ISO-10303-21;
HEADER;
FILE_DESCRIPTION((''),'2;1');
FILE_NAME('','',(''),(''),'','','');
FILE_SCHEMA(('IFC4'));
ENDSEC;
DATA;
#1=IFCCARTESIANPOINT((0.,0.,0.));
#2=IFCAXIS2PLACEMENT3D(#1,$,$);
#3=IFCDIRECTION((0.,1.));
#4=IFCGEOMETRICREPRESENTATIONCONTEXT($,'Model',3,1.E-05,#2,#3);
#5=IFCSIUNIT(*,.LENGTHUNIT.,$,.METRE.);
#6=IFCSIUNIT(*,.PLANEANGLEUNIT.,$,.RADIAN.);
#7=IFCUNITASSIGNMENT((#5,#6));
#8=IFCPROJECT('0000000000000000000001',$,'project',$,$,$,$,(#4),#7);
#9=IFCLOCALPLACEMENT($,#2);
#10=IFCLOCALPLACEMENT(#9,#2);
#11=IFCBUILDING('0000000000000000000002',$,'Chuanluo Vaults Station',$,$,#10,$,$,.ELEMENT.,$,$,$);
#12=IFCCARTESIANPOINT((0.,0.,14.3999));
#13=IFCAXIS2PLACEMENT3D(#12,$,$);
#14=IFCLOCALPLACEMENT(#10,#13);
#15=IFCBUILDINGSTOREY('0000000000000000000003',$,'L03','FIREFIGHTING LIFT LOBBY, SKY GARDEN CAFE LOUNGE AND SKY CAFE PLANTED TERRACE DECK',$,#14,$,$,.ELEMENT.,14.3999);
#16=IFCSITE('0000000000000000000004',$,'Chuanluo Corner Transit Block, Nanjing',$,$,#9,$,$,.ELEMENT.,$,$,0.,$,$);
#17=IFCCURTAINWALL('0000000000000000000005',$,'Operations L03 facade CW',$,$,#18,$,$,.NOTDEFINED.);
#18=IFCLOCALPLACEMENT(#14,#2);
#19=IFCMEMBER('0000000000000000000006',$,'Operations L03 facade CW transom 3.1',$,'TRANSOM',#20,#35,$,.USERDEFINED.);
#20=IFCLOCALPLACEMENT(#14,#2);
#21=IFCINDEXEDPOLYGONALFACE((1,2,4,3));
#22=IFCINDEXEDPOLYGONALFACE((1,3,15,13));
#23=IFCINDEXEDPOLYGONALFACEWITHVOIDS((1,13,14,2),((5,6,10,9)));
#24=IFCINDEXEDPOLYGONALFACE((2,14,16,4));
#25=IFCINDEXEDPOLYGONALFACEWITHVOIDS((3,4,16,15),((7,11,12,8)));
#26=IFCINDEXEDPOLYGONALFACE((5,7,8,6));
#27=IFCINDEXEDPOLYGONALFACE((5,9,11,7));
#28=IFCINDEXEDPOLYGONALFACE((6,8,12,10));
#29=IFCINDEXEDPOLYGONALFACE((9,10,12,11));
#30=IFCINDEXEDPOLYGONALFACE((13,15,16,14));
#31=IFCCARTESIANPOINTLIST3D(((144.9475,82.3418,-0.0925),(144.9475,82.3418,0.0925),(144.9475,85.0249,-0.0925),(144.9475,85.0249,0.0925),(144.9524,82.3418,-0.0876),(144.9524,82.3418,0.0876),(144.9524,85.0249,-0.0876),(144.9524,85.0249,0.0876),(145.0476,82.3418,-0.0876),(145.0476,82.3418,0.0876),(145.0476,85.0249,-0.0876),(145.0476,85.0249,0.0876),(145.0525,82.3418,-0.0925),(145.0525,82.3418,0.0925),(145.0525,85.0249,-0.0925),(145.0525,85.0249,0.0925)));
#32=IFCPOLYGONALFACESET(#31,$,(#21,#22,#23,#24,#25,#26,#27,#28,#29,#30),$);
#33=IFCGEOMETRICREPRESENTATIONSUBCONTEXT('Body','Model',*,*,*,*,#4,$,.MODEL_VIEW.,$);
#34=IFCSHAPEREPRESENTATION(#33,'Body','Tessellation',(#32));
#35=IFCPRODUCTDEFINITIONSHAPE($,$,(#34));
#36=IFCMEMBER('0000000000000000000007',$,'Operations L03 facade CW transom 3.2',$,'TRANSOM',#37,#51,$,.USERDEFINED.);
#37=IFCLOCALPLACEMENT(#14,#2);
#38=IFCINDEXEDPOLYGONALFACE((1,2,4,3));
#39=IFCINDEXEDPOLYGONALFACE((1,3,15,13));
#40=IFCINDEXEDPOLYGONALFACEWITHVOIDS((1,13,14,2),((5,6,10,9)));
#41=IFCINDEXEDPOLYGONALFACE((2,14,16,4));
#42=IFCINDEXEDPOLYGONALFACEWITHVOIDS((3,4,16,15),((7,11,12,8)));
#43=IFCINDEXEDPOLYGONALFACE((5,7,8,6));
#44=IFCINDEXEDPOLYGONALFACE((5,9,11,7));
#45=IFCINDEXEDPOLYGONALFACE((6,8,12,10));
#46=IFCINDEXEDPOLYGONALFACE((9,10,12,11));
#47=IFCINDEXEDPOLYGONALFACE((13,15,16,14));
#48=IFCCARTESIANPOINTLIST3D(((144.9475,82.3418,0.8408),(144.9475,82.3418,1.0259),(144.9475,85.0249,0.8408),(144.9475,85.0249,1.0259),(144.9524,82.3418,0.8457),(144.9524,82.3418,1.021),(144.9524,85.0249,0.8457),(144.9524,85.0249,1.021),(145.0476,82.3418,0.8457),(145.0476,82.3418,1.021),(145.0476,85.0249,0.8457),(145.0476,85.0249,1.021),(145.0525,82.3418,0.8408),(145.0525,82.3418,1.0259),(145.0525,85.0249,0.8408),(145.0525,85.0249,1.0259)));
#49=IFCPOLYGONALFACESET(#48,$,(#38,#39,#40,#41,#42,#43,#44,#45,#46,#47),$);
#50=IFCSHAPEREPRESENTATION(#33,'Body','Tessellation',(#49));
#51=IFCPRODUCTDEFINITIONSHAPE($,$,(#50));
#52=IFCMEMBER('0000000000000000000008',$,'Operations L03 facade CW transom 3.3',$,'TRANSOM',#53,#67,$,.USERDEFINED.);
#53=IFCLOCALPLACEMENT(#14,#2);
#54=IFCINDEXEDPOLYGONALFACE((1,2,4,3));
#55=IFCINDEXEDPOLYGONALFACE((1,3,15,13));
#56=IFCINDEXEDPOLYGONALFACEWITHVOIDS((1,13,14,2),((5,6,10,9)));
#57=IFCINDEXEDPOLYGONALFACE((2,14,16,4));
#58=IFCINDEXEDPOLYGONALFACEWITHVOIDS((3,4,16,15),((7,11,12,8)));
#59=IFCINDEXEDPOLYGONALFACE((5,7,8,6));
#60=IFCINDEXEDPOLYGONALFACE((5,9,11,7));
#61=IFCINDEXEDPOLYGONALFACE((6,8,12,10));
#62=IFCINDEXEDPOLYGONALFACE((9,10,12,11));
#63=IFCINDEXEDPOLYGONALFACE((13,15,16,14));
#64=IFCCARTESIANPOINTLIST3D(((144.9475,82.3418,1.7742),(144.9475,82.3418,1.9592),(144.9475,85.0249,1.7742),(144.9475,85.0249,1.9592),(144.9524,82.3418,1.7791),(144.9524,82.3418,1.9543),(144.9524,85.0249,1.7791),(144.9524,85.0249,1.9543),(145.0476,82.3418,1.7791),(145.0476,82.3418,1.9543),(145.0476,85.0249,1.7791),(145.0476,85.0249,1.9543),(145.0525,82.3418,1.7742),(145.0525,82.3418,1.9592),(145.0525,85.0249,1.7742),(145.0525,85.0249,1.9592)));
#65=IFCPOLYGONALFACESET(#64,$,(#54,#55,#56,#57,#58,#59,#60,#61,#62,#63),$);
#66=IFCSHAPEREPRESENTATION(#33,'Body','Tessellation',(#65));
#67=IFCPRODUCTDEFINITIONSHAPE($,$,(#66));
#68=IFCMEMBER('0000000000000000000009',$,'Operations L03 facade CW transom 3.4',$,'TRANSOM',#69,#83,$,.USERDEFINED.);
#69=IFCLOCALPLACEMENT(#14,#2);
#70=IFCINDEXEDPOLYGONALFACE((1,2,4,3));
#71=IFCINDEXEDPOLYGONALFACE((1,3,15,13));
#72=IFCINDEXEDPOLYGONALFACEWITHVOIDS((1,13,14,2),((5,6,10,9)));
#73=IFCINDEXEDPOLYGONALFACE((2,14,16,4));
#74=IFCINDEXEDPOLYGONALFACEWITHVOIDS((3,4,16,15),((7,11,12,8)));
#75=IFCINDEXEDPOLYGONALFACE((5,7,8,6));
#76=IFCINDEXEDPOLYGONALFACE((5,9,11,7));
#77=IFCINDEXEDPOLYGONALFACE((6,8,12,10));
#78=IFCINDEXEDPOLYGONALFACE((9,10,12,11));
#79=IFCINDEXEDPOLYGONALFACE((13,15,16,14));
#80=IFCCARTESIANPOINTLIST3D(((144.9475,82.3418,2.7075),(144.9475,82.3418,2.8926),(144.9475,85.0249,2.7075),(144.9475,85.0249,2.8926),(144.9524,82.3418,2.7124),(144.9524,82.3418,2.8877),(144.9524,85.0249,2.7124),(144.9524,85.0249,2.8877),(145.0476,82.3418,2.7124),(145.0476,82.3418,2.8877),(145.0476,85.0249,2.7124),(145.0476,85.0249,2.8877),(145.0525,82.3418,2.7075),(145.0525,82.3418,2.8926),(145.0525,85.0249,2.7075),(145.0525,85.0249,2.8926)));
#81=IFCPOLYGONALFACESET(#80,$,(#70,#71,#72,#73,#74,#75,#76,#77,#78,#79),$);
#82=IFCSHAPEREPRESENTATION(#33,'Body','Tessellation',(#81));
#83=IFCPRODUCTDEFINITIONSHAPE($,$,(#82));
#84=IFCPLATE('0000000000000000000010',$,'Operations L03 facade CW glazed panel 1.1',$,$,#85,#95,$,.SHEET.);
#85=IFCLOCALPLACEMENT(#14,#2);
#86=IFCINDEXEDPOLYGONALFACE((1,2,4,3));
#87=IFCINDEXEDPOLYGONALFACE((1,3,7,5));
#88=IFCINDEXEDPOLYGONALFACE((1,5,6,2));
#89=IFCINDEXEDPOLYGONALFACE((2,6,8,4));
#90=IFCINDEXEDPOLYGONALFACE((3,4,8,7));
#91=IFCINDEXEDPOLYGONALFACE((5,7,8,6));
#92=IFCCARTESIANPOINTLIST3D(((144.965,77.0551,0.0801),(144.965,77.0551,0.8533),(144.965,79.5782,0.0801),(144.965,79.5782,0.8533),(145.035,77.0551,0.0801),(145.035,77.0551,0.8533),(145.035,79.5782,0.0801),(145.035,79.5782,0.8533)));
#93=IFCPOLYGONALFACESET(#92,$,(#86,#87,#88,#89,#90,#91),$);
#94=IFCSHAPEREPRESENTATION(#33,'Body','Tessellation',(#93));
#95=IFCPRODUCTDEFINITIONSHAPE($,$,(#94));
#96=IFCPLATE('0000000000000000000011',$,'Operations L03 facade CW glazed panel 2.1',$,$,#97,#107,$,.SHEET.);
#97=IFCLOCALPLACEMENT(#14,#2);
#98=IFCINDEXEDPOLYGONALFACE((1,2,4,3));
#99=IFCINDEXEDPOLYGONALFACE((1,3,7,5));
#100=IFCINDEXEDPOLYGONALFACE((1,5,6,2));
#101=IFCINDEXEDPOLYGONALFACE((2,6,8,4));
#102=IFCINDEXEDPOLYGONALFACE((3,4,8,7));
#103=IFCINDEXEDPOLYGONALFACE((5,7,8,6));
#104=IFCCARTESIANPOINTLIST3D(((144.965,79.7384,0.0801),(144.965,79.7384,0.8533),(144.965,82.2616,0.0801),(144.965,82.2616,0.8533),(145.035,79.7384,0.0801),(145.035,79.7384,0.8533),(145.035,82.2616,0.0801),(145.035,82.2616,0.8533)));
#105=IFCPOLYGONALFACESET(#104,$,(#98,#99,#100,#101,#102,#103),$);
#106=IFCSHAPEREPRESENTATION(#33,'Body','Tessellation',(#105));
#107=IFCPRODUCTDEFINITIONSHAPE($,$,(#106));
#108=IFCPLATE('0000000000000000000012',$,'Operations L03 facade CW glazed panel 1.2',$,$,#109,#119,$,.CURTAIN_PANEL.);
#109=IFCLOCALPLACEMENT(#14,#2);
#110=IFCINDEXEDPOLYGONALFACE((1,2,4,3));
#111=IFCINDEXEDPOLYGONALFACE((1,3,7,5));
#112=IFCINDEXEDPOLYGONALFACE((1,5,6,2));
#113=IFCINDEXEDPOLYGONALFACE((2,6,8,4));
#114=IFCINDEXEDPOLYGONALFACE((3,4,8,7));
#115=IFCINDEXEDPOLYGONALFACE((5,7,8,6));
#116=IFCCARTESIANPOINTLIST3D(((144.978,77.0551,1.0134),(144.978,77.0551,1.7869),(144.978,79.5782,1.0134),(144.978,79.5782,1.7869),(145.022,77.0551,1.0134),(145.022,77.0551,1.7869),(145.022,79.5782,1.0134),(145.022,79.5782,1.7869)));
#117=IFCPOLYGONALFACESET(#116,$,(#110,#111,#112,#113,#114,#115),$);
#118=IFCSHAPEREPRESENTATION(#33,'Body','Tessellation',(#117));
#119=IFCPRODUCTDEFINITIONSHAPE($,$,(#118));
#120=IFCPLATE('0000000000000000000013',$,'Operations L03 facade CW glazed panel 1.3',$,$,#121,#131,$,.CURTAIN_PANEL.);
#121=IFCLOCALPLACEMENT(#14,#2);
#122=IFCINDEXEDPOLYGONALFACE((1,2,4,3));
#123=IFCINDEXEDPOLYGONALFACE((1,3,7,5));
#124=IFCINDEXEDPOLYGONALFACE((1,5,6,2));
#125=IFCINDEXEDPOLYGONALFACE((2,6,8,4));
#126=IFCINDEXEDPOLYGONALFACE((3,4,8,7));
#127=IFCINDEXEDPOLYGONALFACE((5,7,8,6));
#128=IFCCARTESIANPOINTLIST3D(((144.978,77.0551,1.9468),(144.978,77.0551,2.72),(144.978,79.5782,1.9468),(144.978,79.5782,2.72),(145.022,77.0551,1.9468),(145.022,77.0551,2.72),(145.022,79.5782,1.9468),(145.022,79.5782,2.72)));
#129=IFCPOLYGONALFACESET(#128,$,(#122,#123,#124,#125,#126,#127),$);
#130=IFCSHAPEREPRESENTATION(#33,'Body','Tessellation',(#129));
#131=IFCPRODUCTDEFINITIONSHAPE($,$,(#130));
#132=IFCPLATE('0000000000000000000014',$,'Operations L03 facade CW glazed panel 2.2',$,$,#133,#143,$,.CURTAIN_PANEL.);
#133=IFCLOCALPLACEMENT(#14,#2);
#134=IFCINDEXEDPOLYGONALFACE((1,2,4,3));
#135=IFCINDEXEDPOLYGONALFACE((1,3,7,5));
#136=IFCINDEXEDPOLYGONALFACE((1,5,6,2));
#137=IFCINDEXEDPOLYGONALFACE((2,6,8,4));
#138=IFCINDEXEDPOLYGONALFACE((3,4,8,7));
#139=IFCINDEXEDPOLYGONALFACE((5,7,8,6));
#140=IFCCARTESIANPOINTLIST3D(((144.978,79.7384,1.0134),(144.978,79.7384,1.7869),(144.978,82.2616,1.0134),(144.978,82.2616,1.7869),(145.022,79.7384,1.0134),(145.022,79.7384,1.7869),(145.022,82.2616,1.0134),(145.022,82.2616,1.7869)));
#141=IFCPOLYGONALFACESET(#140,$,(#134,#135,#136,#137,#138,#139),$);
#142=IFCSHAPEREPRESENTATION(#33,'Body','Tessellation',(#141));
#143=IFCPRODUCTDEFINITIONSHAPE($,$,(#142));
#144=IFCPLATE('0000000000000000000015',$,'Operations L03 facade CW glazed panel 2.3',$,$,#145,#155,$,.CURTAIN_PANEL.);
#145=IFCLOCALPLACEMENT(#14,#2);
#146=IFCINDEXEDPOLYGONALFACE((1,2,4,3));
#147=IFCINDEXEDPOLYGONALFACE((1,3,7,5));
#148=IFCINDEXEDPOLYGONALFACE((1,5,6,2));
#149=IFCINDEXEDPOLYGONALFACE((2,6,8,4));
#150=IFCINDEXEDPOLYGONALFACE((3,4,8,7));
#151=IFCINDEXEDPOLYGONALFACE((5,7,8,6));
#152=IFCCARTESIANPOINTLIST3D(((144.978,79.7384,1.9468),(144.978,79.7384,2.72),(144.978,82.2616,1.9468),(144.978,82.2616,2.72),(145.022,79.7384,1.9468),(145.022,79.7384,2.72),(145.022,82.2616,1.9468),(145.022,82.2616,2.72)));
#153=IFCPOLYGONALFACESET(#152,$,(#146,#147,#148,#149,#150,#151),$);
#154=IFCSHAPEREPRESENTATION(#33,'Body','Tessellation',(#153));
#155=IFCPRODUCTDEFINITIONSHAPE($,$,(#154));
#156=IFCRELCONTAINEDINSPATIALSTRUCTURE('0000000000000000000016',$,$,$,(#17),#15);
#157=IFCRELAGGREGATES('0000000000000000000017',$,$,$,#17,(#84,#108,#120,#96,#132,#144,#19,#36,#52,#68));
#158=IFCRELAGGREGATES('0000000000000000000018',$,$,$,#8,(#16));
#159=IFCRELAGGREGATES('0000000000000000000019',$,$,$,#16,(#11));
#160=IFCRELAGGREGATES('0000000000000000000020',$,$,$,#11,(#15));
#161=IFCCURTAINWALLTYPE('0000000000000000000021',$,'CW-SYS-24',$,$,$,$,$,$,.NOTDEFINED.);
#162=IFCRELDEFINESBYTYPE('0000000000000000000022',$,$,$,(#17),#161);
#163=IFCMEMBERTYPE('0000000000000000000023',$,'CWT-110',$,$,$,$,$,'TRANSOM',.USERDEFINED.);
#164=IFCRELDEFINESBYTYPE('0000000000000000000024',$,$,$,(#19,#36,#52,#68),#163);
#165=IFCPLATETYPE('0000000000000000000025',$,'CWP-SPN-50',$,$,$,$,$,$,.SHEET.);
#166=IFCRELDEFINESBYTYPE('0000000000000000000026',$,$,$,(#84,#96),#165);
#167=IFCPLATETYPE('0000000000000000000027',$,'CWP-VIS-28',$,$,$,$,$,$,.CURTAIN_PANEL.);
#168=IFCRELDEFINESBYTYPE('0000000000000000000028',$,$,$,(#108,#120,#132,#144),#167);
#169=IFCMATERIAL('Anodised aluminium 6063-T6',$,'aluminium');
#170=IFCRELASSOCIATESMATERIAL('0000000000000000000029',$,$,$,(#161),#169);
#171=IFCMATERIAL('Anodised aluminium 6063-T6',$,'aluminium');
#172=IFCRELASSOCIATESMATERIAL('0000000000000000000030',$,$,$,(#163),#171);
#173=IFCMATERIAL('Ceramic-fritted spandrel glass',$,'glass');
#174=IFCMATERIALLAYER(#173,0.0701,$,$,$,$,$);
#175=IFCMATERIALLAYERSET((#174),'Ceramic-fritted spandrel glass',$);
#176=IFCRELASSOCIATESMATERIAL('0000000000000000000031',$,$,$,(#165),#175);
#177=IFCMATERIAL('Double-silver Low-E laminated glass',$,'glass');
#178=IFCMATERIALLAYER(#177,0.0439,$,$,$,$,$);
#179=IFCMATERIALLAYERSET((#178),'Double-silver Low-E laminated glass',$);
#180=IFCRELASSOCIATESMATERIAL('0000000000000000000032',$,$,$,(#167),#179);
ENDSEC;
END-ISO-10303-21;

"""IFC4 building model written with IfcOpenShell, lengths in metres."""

from ifc_helpers import new_model, si_unit, direction, frame, origin, origin_2d, place, context, subcontext, project, spatial, rectangle, hollow_rectangle, extrude, material, layer, layer_set, material_profile, profile_set, type_object, element, aggregate, save


model = new_model("IFC4")

# Units and contexts
model_context = context("Model", 3, precision=1e-05, world=origin(), true_north=direction((0.0, 1.0)))
body_context = subcontext(model_context, "Body", "Model", "MODEL_VIEW")
ifc_project = project(units=[si_unit("LENGTHUNIT", "METRE"), si_unit("PLANEANGLEUNIT", "RADIAN")], contexts=[model_context])

# Site, building, storey
site_placement = place(None, origin())
site = spatial("IfcSite", under=ifc_project, at=site_placement, Name="Chuanluo Corner Transit Block, Nanjing", CompositionType="ELEMENT", RefElevation=0.0)
building_placement = place(site_placement, origin())
building = spatial("IfcBuilding", under=site, at=building_placement, Name="Chuanluo Vaults Station", CompositionType="ELEMENT")
storey_placement = place(building_placement, frame((0.0, 0.0, 14.3999)))
storey = spatial("IfcBuildingStorey", under=building, at=storey_placement, Name="L03", Description="FIREFIGHTING LIFT LOBBY, SKY GARDEN CAFE LOUNGE AND SKY CAFE PLANTED TERRACE DECK", CompositionType="ELEMENT", Elevation=14.3999)

# Curtain wall, members, plates
ifc_material_1 = material(Name="Anodised aluminium 6063-T6", Category="aluminium")
curtain_wall_type = type_object("IfcCurtainWallType", Name="CW-SYS-24", PredefinedType="NOTDEFINED", material=ifc_material_1)
curtain_wall_placement = place(storey_placement, origin())
curtain_wall = element("IfcCurtainWall", 1, at=curtain_wall_placement, inside=storey, type_object=curtain_wall_type, Name="Operations L03 facade CW", PredefinedType="NOTDEFINED")
ifc_material_2 = material(Name="Anodised aluminium 6063-T6", Category="aluminium")
ifc_material_profile_1 = material_profile(ifc_material_2, hollow_rectangle(XDim=0.105, YDim=0.1851, WallThickness=0.0049, at=origin_2d()))
ifc_profile_set_1 = profile_set([ifc_material_profile_1], Name="Anodised aluminium 6063-T6")
member_type_1 = type_object("IfcMemberType", Name="CWT-110", ElementType="TRANSOM", PredefinedType="USERDEFINED", material=ifc_profile_set_1)
member_1_placement = place(storey_placement, frame((145.0, 82.3418, 0.0), z_axis=(0.0, 1.0, 0.0), x_axis=(-1.0, 0.0, 0.0)))
member_1 = element("IfcMember", 2, at=member_1_placement, type_object=member_type_1, Name="Operations L03 facade CW transom 3.1", ObjectType="TRANSOM", PredefinedType="USERDEFINED", context=body_context, shape_type="SweptSolid", body=[
    extrude(hollow_rectangle(XDim=0.105, YDim=0.1851, WallThickness=0.0049, at=origin_2d()), origin(), (0.0, 0.0, 1.0), 2.6831),
])
member_2_placement = place(storey_placement, frame((145.0, 82.3418, 0.9333), z_axis=(0.0, 1.0, 0.0), x_axis=(-1.0, 0.0, 0.0)))
member_2 = element("IfcMember", 3, at=member_2_placement, type_object=member_type_1, Name="Operations L03 facade CW transom 3.2", ObjectType="TRANSOM", PredefinedType="USERDEFINED", context=body_context, shape_type="SweptSolid", body=[
    extrude(hollow_rectangle(XDim=0.105, YDim=0.1851, WallThickness=0.0049, at=origin_2d()), origin(), (0.0, 0.0, 1.0), 2.6831),
])
member_3_placement = place(storey_placement, frame((145.0, 82.3418, 1.8667), z_axis=(0.0, 1.0, 0.0), x_axis=(-1.0, 0.0, 0.0)))
member_3 = element("IfcMember", 4, at=member_3_placement, type_object=member_type_1, Name="Operations L03 facade CW transom 3.3", ObjectType="TRANSOM", PredefinedType="USERDEFINED", context=body_context, shape_type="SweptSolid", body=[
    extrude(hollow_rectangle(XDim=0.105, YDim=0.1851, WallThickness=0.0049, at=origin_2d()), origin(), (0.0, 0.0, 1.0), 2.6831),
])
member_4_placement = place(storey_placement, frame((145.0, 82.3418, 2.8), z_axis=(0.0, 1.0, 0.0), x_axis=(-1.0, 0.0, 0.0)))
member_4 = element("IfcMember", 5, at=member_4_placement, type_object=member_type_1, Name="Operations L03 facade CW transom 3.4", ObjectType="TRANSOM", PredefinedType="USERDEFINED", context=body_context, shape_type="SweptSolid", body=[
    extrude(hollow_rectangle(XDim=0.105, YDim=0.1851, WallThickness=0.0049, at=origin_2d()), origin(), (0.0, 0.0, 1.0), 2.6831),
])
ifc_material_3 = material(Name="Ceramic-fritted spandrel glass", Category="glass")
ifc_layer_1 = layer(ifc_material_3, 0.0701)
ifc_layer_set_1 = layer_set([ifc_layer_1], Name="Ceramic-fritted spandrel glass")
plate_type_1 = type_object("IfcPlateType", Name="CWP-SPN-50", PredefinedType="SHEET", material=ifc_layer_set_1)
plate_1_placement = place(storey_placement, frame((145.0, 78.3167, 0.0801), z_axis=(0.0, 0.0, 1.0), x_axis=(0.0, 1.0, 0.0)))
plate_1 = element("IfcPlate", 6, at=plate_1_placement, type_object=plate_type_1, Name="Operations L03 facade CW glazed panel 1.1", PredefinedType="SHEET", context=body_context, shape_type="SweptSolid", body=[
    extrude(rectangle(XDim=2.5232, YDim=0.0701, at=origin_2d()), origin(), (0.0, 0.0, 1.0), 0.7732),
])
plate_2_placement = place(storey_placement, frame((145.0, 81.0, 0.0801), z_axis=(0.0, 0.0, 1.0), x_axis=(0.0, 1.0, 0.0)))
plate_2 = element("IfcPlate", 7, at=plate_2_placement, type_object=plate_type_1, Name="Operations L03 facade CW glazed panel 2.1", PredefinedType="SHEET", context=body_context, shape_type="SweptSolid", body=[
    extrude(rectangle(XDim=2.5232, YDim=0.0701, at=origin_2d()), origin(), (0.0, 0.0, 1.0), 0.7732),
])
ifc_material_4 = material(Name="Double-silver Low-E laminated glass", Category="glass")
ifc_layer_2 = layer(ifc_material_4, 0.0439)
ifc_layer_set_2 = layer_set([ifc_layer_2], Name="Double-silver Low-E laminated glass")
plate_type_2 = type_object("IfcPlateType", Name="CWP-VIS-28", PredefinedType="CURTAIN_PANEL", material=ifc_layer_set_2)
plate_3_placement = place(storey_placement, frame((145.0, 78.3167, 1.0134), z_axis=(0.0, 0.0, 1.0), x_axis=(0.0, 1.0, 0.0)))
plate_3 = element("IfcPlate", 8, at=plate_3_placement, type_object=plate_type_2, Name="Operations L03 facade CW glazed panel 1.2", PredefinedType="CURTAIN_PANEL", context=body_context, shape_type="SweptSolid", body=[
    extrude(rectangle(XDim=2.5232, YDim=0.0439, at=origin_2d()), origin(), (0.0, 0.0, 1.0), 0.7734),
])
plate_4_placement = place(storey_placement, frame((145.0, 78.3167, 1.9468), z_axis=(0.0, 0.0, 1.0), x_axis=(0.0, 1.0, 0.0)))
plate_4 = element("IfcPlate", 9, at=plate_4_placement, type_object=plate_type_2, Name="Operations L03 facade CW glazed panel 1.3", PredefinedType="CURTAIN_PANEL", context=body_context, shape_type="SweptSolid", body=[
    extrude(rectangle(XDim=2.5232, YDim=0.0439, at=origin_2d()), origin(), (0.0, 0.0, 1.0), 0.7732),
])
plate_5_placement = place(storey_placement, frame((145.0, 81.0, 1.0134), z_axis=(0.0, 0.0, 1.0), x_axis=(0.0, 1.0, 0.0)))
plate_5 = element("IfcPlate", 10, at=plate_5_placement, type_object=plate_type_2, Name="Operations L03 facade CW glazed panel 2.2", PredefinedType="CURTAIN_PANEL", context=body_context, shape_type="SweptSolid", body=[
    extrude(rectangle(XDim=2.5232, YDim=0.0439, at=origin_2d()), origin(), (0.0, 0.0, 1.0), 0.7734),
])
plate_6_placement = place(storey_placement, frame((145.0, 81.0, 1.9468), z_axis=(0.0, 0.0, 1.0), x_axis=(0.0, 1.0, 0.0)))
plate_6 = element("IfcPlate", 11, at=plate_6_placement, type_object=plate_type_2, Name="Operations L03 facade CW glazed panel 2.3", PredefinedType="CURTAIN_PANEL", context=body_context, shape_type="SweptSolid", body=[
    extrude(rectangle(XDim=2.5232, YDim=0.0439, at=origin_2d()), origin(), (0.0, 0.0, 1.0), 0.7732),
])
aggregate(curtain_wall, [plate_1, plate_3, plate_4, plate_2, plate_5, plate_6, member_1, member_2, member_3, member_4])

save(model, "model.ifc")
